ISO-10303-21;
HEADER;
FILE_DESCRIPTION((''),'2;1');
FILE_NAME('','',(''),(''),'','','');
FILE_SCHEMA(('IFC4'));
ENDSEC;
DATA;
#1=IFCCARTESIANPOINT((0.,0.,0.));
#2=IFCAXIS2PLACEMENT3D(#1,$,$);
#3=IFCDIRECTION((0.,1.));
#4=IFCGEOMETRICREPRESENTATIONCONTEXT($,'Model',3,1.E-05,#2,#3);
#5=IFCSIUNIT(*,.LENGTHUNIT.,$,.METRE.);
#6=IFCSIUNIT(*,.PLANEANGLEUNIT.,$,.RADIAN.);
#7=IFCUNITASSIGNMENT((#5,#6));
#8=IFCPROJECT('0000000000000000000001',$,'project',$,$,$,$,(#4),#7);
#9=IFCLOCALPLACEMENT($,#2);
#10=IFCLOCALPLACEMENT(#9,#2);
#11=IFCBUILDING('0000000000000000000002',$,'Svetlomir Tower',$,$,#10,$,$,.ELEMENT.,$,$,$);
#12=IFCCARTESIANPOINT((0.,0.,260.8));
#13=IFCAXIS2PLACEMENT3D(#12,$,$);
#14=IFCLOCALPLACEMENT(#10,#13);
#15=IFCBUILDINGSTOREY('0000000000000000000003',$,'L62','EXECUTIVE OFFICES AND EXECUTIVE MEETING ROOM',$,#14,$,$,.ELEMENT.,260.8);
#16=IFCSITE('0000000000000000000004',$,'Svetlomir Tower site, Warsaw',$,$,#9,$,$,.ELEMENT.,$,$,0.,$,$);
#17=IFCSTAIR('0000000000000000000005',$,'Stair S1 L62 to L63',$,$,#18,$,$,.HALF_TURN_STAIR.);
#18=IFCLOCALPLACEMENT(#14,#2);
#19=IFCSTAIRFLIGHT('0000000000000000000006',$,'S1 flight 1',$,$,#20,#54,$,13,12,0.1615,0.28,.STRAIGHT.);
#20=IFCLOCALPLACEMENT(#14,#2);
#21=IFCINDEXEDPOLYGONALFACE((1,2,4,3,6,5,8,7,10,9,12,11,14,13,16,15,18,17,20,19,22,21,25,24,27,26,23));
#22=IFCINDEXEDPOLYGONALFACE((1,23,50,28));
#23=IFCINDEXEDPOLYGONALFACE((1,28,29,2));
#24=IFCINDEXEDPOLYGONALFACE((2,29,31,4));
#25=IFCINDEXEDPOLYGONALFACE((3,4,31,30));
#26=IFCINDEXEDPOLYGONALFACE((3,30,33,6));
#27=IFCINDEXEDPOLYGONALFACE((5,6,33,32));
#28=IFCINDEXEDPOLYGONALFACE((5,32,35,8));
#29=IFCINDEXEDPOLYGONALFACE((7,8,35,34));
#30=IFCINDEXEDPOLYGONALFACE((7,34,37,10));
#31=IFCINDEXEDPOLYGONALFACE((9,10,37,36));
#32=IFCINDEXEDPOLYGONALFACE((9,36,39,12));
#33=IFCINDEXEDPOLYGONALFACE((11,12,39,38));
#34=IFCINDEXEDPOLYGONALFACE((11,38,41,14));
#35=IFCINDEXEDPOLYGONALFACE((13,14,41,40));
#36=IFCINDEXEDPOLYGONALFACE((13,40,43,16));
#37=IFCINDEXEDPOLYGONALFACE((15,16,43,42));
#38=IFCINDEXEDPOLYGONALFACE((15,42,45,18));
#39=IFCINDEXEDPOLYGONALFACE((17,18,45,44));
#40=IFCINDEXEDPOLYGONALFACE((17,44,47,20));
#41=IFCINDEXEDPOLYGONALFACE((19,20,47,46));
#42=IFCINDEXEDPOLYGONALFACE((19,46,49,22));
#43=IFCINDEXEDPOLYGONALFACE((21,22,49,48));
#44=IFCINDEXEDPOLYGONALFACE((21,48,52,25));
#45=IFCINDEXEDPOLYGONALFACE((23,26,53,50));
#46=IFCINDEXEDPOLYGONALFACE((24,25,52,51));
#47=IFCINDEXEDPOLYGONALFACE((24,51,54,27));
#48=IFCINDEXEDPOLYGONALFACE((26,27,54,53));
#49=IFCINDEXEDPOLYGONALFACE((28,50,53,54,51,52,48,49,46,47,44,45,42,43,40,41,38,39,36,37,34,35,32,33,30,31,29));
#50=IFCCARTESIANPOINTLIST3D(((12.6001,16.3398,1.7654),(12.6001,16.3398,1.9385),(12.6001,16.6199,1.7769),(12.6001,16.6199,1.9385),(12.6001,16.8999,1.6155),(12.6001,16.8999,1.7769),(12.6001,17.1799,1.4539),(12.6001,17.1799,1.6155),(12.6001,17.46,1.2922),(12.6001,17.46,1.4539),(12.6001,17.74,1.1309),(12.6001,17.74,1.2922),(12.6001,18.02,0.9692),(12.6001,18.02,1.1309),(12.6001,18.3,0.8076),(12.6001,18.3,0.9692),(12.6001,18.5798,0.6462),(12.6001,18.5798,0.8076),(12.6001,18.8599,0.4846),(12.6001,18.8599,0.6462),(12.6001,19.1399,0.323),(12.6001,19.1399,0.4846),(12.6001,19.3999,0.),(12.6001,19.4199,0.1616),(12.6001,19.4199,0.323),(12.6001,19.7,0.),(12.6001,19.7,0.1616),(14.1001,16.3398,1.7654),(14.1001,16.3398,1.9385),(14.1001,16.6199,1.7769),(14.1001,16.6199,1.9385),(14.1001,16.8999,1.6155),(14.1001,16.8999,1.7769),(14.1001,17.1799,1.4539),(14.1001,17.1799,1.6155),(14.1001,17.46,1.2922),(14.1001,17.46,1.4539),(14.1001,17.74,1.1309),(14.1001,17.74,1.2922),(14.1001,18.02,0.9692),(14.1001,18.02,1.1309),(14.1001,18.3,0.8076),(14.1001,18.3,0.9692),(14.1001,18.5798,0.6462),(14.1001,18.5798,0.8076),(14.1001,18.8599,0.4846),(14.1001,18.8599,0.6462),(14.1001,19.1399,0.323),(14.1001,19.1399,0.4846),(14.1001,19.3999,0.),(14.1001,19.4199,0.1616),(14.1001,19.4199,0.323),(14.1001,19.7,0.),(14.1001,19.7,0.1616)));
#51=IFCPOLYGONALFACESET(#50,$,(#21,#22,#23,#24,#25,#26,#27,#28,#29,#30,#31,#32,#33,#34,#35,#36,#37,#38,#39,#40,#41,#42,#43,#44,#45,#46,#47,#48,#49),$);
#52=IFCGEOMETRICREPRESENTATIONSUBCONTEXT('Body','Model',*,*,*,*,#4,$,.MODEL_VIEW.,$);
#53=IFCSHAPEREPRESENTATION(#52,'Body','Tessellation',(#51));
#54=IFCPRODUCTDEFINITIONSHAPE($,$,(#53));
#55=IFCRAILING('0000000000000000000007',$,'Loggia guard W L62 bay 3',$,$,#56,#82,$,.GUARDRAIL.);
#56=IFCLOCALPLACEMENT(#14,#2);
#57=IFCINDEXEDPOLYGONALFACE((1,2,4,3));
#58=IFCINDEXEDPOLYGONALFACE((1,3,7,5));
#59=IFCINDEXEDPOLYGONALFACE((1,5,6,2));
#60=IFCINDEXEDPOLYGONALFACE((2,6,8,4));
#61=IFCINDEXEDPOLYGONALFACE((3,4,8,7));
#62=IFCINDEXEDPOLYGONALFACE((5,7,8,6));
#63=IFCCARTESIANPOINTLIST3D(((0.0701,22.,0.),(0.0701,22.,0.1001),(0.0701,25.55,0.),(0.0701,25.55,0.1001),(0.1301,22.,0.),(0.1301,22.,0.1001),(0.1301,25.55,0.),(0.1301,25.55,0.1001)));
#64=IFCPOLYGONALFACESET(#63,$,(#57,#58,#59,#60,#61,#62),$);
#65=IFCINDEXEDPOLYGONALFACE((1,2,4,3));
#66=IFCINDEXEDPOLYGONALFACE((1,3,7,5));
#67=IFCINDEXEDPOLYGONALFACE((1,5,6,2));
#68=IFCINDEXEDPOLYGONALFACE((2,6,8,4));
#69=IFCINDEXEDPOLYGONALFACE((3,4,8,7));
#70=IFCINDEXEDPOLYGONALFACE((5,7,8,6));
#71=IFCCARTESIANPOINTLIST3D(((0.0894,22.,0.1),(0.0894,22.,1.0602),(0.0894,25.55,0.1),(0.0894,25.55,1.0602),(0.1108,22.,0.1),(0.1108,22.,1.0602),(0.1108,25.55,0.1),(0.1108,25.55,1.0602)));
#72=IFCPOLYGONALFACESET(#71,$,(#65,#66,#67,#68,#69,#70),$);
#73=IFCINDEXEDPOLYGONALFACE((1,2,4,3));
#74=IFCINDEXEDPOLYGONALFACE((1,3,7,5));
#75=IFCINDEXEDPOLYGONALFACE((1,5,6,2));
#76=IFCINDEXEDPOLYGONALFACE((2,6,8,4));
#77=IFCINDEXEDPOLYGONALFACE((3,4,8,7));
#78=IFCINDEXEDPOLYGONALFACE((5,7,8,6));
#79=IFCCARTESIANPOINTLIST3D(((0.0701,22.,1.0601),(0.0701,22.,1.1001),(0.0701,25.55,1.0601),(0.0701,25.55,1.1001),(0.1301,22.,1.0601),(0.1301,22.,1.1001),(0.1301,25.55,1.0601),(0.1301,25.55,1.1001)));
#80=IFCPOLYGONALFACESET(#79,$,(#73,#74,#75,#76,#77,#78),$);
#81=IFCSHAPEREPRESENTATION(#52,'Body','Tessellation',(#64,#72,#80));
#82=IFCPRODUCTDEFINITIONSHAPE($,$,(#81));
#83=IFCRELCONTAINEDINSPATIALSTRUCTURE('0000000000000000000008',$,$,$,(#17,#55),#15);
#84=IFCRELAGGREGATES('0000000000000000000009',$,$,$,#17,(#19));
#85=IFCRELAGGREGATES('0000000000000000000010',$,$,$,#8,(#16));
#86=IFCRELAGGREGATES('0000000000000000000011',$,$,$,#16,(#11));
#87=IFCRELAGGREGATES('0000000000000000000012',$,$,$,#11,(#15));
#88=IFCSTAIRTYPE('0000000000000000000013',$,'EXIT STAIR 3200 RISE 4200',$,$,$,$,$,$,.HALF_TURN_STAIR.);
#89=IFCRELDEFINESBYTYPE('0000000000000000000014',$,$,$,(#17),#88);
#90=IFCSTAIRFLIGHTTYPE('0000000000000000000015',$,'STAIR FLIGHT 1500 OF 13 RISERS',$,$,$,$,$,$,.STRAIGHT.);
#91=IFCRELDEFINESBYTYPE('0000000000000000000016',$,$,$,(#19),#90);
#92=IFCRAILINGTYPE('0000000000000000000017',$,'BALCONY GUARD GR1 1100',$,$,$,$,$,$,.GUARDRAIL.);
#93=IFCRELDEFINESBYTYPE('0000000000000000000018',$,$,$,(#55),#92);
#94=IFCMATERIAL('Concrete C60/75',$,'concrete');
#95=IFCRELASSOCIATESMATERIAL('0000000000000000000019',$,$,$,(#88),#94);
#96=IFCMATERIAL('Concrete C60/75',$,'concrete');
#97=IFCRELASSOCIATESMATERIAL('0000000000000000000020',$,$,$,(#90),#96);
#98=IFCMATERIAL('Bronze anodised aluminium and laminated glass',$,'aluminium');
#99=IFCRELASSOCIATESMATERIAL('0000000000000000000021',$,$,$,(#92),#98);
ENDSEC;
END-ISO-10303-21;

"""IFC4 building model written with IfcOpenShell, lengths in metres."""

from ifc_helpers import new_model, si_unit, direction, frame, origin, origin_2d, place, context, subcontext, project, spatial, polyline, rectangle, outline, extrude, material, type_object, element, aggregate, save


model = new_model("IFC4")

# Units and contexts
model_context = context("Model", 3, precision=1e-05, world=origin(), true_north=direction((0.0, 1.0)))
body_context = subcontext(model_context, "Body", "Model", "MODEL_VIEW")
ifc_project = project(units=[si_unit("LENGTHUNIT", "METRE"), si_unit("PLANEANGLEUNIT", "RADIAN")], contexts=[model_context])

# Site, building, storey
site_placement = place(None, origin())
site = spatial("IfcSite", under=ifc_project, at=site_placement, Name="Svetlomir Tower site, Warsaw", CompositionType="ELEMENT", RefElevation=0.0)
building_placement = place(site_placement, origin())
building = spatial("IfcBuilding", under=site, at=building_placement, Name="Svetlomir Tower", CompositionType="ELEMENT")
storey_placement = place(building_placement, frame((0.0, 0.0, 260.8)))
storey = spatial("IfcBuildingStorey", under=building, at=storey_placement, Name="L62", Description="EXECUTIVE OFFICES AND EXECUTIVE MEETING ROOM", CompositionType="ELEMENT", Elevation=260.8)

# Stair, stair flight
ifc_material_1 = material(Name="Concrete C60/75", Category="concrete")
stair_type = type_object("IfcStairType", Name="EXIT STAIR 3200 RISE 4200", PredefinedType="HALF_TURN_STAIR", material=ifc_material_1)
stair_placement = place(storey_placement, origin())
stair = element("IfcStair", 1, at=stair_placement, inside=storey, type_object=stair_type, Name="Stair S1 L62 to L63", PredefinedType="HALF_TURN_STAIR")
ifc_material_2 = material(Name="Concrete C60/75", Category="concrete")
stair_flight_type = type_object("IfcStairFlightType", Name="STAIR FLIGHT 1500 OF 13 RISERS", PredefinedType="STRAIGHT", material=ifc_material_2)
stair_flight_placement = place(storey_placement, frame((13.3501, 19.7, 0.0), z_axis=(0.0, 0.0, 1.0), x_axis=(0.0, -1.0, 0.0)))
stair_flight = element("IfcStairFlight", 2, at=stair_flight_placement, type_object=stair_flight_type, Name="S1 flight 1", NumberOfRisers=13, NumberOfTreads=12, PredefinedType="STRAIGHT", RiserHeight=0.1615, TreadLength=0.28, context=body_context, shape_type="SweptSolid", body=[
    extrude(outline(polyline([(0.0, 0.0), (0.0, 0.1616), (0.28, 0.1616), (0.28, 0.323), (0.5601, 0.323), (0.5601, 0.4846), (0.8401, 0.4846), (0.8401, 0.6462), (1.1201, 0.6462), (1.1201, 0.8076), (1.3999, 0.8076), (1.3999, 0.9692), (1.6799, 0.9692), (1.6799, 1.1309), (1.96, 1.1309), (1.96, 1.2922), (2.24, 1.2922), (2.24, 1.4539), (2.52, 1.4539), (2.52, 1.6155), (2.8, 1.6155), (2.8, 1.7769), (3.0801, 1.7769), (3.0801, 1.9385), (3.3601, 1.9385), (3.3601, 2.1001), (3.3601, 1.7654), (0.3, 0.0), (0.0, 0.0)])), frame((0.0, 0.75, 0.0), z_axis=(0.0, -1.0, 0.0), x_axis=(1.0, 0.0, 0.0)), (0.0, 0.0, 1.0), 1.5),
])
aggregate(stair, [stair_flight])

# Railing
ifc_material_3 = material(Name="Bronze anodised aluminium and laminated glass", Category="aluminium")
railing_type_1 = type_object("IfcRailingType", Name="BALCONY GUARD GR1 1100", PredefinedType="GUARDRAIL", material=ifc_material_3)
railing_1_placement = place(storey_placement, frame((0.1001, 22.0, 0.0)))
element("IfcRailing", 3, at=railing_1_placement, inside=storey, type_object=railing_type_1, Name="Loggia guard W L62 bay 3", PredefinedType="GUARDRAIL", context=body_context, shape_type="SweptSolid", body=[
    extrude(rectangle(XDim=0.0601, YDim=0.1001, at=origin_2d()), frame((0.0, 0.0, 0.05), z_axis=(0.0, 1.0, 0.0), x_axis=(-1.0, 0.0, 0.0)), (0.0, 0.0, 1.0), 3.55),
    extrude(rectangle(XDim=0.0215, YDim=0.9602, at=origin_2d()), frame((0.0, 0.0, 0.5801), z_axis=(0.0, 1.0, 0.0), x_axis=(-1.0, 0.0, 0.0)), (0.0, 0.0, 1.0), 3.55),
    extrude(rectangle(XDim=0.0601, YDim=0.04, at=origin_2d()), frame((0.0, 0.0, 1.0801), z_axis=(0.0, 1.0, 0.0), x_axis=(-1.0, 0.0, 0.0)), (0.0, 0.0, 1.0), 3.55),
])

save(model, "model.ifc")
